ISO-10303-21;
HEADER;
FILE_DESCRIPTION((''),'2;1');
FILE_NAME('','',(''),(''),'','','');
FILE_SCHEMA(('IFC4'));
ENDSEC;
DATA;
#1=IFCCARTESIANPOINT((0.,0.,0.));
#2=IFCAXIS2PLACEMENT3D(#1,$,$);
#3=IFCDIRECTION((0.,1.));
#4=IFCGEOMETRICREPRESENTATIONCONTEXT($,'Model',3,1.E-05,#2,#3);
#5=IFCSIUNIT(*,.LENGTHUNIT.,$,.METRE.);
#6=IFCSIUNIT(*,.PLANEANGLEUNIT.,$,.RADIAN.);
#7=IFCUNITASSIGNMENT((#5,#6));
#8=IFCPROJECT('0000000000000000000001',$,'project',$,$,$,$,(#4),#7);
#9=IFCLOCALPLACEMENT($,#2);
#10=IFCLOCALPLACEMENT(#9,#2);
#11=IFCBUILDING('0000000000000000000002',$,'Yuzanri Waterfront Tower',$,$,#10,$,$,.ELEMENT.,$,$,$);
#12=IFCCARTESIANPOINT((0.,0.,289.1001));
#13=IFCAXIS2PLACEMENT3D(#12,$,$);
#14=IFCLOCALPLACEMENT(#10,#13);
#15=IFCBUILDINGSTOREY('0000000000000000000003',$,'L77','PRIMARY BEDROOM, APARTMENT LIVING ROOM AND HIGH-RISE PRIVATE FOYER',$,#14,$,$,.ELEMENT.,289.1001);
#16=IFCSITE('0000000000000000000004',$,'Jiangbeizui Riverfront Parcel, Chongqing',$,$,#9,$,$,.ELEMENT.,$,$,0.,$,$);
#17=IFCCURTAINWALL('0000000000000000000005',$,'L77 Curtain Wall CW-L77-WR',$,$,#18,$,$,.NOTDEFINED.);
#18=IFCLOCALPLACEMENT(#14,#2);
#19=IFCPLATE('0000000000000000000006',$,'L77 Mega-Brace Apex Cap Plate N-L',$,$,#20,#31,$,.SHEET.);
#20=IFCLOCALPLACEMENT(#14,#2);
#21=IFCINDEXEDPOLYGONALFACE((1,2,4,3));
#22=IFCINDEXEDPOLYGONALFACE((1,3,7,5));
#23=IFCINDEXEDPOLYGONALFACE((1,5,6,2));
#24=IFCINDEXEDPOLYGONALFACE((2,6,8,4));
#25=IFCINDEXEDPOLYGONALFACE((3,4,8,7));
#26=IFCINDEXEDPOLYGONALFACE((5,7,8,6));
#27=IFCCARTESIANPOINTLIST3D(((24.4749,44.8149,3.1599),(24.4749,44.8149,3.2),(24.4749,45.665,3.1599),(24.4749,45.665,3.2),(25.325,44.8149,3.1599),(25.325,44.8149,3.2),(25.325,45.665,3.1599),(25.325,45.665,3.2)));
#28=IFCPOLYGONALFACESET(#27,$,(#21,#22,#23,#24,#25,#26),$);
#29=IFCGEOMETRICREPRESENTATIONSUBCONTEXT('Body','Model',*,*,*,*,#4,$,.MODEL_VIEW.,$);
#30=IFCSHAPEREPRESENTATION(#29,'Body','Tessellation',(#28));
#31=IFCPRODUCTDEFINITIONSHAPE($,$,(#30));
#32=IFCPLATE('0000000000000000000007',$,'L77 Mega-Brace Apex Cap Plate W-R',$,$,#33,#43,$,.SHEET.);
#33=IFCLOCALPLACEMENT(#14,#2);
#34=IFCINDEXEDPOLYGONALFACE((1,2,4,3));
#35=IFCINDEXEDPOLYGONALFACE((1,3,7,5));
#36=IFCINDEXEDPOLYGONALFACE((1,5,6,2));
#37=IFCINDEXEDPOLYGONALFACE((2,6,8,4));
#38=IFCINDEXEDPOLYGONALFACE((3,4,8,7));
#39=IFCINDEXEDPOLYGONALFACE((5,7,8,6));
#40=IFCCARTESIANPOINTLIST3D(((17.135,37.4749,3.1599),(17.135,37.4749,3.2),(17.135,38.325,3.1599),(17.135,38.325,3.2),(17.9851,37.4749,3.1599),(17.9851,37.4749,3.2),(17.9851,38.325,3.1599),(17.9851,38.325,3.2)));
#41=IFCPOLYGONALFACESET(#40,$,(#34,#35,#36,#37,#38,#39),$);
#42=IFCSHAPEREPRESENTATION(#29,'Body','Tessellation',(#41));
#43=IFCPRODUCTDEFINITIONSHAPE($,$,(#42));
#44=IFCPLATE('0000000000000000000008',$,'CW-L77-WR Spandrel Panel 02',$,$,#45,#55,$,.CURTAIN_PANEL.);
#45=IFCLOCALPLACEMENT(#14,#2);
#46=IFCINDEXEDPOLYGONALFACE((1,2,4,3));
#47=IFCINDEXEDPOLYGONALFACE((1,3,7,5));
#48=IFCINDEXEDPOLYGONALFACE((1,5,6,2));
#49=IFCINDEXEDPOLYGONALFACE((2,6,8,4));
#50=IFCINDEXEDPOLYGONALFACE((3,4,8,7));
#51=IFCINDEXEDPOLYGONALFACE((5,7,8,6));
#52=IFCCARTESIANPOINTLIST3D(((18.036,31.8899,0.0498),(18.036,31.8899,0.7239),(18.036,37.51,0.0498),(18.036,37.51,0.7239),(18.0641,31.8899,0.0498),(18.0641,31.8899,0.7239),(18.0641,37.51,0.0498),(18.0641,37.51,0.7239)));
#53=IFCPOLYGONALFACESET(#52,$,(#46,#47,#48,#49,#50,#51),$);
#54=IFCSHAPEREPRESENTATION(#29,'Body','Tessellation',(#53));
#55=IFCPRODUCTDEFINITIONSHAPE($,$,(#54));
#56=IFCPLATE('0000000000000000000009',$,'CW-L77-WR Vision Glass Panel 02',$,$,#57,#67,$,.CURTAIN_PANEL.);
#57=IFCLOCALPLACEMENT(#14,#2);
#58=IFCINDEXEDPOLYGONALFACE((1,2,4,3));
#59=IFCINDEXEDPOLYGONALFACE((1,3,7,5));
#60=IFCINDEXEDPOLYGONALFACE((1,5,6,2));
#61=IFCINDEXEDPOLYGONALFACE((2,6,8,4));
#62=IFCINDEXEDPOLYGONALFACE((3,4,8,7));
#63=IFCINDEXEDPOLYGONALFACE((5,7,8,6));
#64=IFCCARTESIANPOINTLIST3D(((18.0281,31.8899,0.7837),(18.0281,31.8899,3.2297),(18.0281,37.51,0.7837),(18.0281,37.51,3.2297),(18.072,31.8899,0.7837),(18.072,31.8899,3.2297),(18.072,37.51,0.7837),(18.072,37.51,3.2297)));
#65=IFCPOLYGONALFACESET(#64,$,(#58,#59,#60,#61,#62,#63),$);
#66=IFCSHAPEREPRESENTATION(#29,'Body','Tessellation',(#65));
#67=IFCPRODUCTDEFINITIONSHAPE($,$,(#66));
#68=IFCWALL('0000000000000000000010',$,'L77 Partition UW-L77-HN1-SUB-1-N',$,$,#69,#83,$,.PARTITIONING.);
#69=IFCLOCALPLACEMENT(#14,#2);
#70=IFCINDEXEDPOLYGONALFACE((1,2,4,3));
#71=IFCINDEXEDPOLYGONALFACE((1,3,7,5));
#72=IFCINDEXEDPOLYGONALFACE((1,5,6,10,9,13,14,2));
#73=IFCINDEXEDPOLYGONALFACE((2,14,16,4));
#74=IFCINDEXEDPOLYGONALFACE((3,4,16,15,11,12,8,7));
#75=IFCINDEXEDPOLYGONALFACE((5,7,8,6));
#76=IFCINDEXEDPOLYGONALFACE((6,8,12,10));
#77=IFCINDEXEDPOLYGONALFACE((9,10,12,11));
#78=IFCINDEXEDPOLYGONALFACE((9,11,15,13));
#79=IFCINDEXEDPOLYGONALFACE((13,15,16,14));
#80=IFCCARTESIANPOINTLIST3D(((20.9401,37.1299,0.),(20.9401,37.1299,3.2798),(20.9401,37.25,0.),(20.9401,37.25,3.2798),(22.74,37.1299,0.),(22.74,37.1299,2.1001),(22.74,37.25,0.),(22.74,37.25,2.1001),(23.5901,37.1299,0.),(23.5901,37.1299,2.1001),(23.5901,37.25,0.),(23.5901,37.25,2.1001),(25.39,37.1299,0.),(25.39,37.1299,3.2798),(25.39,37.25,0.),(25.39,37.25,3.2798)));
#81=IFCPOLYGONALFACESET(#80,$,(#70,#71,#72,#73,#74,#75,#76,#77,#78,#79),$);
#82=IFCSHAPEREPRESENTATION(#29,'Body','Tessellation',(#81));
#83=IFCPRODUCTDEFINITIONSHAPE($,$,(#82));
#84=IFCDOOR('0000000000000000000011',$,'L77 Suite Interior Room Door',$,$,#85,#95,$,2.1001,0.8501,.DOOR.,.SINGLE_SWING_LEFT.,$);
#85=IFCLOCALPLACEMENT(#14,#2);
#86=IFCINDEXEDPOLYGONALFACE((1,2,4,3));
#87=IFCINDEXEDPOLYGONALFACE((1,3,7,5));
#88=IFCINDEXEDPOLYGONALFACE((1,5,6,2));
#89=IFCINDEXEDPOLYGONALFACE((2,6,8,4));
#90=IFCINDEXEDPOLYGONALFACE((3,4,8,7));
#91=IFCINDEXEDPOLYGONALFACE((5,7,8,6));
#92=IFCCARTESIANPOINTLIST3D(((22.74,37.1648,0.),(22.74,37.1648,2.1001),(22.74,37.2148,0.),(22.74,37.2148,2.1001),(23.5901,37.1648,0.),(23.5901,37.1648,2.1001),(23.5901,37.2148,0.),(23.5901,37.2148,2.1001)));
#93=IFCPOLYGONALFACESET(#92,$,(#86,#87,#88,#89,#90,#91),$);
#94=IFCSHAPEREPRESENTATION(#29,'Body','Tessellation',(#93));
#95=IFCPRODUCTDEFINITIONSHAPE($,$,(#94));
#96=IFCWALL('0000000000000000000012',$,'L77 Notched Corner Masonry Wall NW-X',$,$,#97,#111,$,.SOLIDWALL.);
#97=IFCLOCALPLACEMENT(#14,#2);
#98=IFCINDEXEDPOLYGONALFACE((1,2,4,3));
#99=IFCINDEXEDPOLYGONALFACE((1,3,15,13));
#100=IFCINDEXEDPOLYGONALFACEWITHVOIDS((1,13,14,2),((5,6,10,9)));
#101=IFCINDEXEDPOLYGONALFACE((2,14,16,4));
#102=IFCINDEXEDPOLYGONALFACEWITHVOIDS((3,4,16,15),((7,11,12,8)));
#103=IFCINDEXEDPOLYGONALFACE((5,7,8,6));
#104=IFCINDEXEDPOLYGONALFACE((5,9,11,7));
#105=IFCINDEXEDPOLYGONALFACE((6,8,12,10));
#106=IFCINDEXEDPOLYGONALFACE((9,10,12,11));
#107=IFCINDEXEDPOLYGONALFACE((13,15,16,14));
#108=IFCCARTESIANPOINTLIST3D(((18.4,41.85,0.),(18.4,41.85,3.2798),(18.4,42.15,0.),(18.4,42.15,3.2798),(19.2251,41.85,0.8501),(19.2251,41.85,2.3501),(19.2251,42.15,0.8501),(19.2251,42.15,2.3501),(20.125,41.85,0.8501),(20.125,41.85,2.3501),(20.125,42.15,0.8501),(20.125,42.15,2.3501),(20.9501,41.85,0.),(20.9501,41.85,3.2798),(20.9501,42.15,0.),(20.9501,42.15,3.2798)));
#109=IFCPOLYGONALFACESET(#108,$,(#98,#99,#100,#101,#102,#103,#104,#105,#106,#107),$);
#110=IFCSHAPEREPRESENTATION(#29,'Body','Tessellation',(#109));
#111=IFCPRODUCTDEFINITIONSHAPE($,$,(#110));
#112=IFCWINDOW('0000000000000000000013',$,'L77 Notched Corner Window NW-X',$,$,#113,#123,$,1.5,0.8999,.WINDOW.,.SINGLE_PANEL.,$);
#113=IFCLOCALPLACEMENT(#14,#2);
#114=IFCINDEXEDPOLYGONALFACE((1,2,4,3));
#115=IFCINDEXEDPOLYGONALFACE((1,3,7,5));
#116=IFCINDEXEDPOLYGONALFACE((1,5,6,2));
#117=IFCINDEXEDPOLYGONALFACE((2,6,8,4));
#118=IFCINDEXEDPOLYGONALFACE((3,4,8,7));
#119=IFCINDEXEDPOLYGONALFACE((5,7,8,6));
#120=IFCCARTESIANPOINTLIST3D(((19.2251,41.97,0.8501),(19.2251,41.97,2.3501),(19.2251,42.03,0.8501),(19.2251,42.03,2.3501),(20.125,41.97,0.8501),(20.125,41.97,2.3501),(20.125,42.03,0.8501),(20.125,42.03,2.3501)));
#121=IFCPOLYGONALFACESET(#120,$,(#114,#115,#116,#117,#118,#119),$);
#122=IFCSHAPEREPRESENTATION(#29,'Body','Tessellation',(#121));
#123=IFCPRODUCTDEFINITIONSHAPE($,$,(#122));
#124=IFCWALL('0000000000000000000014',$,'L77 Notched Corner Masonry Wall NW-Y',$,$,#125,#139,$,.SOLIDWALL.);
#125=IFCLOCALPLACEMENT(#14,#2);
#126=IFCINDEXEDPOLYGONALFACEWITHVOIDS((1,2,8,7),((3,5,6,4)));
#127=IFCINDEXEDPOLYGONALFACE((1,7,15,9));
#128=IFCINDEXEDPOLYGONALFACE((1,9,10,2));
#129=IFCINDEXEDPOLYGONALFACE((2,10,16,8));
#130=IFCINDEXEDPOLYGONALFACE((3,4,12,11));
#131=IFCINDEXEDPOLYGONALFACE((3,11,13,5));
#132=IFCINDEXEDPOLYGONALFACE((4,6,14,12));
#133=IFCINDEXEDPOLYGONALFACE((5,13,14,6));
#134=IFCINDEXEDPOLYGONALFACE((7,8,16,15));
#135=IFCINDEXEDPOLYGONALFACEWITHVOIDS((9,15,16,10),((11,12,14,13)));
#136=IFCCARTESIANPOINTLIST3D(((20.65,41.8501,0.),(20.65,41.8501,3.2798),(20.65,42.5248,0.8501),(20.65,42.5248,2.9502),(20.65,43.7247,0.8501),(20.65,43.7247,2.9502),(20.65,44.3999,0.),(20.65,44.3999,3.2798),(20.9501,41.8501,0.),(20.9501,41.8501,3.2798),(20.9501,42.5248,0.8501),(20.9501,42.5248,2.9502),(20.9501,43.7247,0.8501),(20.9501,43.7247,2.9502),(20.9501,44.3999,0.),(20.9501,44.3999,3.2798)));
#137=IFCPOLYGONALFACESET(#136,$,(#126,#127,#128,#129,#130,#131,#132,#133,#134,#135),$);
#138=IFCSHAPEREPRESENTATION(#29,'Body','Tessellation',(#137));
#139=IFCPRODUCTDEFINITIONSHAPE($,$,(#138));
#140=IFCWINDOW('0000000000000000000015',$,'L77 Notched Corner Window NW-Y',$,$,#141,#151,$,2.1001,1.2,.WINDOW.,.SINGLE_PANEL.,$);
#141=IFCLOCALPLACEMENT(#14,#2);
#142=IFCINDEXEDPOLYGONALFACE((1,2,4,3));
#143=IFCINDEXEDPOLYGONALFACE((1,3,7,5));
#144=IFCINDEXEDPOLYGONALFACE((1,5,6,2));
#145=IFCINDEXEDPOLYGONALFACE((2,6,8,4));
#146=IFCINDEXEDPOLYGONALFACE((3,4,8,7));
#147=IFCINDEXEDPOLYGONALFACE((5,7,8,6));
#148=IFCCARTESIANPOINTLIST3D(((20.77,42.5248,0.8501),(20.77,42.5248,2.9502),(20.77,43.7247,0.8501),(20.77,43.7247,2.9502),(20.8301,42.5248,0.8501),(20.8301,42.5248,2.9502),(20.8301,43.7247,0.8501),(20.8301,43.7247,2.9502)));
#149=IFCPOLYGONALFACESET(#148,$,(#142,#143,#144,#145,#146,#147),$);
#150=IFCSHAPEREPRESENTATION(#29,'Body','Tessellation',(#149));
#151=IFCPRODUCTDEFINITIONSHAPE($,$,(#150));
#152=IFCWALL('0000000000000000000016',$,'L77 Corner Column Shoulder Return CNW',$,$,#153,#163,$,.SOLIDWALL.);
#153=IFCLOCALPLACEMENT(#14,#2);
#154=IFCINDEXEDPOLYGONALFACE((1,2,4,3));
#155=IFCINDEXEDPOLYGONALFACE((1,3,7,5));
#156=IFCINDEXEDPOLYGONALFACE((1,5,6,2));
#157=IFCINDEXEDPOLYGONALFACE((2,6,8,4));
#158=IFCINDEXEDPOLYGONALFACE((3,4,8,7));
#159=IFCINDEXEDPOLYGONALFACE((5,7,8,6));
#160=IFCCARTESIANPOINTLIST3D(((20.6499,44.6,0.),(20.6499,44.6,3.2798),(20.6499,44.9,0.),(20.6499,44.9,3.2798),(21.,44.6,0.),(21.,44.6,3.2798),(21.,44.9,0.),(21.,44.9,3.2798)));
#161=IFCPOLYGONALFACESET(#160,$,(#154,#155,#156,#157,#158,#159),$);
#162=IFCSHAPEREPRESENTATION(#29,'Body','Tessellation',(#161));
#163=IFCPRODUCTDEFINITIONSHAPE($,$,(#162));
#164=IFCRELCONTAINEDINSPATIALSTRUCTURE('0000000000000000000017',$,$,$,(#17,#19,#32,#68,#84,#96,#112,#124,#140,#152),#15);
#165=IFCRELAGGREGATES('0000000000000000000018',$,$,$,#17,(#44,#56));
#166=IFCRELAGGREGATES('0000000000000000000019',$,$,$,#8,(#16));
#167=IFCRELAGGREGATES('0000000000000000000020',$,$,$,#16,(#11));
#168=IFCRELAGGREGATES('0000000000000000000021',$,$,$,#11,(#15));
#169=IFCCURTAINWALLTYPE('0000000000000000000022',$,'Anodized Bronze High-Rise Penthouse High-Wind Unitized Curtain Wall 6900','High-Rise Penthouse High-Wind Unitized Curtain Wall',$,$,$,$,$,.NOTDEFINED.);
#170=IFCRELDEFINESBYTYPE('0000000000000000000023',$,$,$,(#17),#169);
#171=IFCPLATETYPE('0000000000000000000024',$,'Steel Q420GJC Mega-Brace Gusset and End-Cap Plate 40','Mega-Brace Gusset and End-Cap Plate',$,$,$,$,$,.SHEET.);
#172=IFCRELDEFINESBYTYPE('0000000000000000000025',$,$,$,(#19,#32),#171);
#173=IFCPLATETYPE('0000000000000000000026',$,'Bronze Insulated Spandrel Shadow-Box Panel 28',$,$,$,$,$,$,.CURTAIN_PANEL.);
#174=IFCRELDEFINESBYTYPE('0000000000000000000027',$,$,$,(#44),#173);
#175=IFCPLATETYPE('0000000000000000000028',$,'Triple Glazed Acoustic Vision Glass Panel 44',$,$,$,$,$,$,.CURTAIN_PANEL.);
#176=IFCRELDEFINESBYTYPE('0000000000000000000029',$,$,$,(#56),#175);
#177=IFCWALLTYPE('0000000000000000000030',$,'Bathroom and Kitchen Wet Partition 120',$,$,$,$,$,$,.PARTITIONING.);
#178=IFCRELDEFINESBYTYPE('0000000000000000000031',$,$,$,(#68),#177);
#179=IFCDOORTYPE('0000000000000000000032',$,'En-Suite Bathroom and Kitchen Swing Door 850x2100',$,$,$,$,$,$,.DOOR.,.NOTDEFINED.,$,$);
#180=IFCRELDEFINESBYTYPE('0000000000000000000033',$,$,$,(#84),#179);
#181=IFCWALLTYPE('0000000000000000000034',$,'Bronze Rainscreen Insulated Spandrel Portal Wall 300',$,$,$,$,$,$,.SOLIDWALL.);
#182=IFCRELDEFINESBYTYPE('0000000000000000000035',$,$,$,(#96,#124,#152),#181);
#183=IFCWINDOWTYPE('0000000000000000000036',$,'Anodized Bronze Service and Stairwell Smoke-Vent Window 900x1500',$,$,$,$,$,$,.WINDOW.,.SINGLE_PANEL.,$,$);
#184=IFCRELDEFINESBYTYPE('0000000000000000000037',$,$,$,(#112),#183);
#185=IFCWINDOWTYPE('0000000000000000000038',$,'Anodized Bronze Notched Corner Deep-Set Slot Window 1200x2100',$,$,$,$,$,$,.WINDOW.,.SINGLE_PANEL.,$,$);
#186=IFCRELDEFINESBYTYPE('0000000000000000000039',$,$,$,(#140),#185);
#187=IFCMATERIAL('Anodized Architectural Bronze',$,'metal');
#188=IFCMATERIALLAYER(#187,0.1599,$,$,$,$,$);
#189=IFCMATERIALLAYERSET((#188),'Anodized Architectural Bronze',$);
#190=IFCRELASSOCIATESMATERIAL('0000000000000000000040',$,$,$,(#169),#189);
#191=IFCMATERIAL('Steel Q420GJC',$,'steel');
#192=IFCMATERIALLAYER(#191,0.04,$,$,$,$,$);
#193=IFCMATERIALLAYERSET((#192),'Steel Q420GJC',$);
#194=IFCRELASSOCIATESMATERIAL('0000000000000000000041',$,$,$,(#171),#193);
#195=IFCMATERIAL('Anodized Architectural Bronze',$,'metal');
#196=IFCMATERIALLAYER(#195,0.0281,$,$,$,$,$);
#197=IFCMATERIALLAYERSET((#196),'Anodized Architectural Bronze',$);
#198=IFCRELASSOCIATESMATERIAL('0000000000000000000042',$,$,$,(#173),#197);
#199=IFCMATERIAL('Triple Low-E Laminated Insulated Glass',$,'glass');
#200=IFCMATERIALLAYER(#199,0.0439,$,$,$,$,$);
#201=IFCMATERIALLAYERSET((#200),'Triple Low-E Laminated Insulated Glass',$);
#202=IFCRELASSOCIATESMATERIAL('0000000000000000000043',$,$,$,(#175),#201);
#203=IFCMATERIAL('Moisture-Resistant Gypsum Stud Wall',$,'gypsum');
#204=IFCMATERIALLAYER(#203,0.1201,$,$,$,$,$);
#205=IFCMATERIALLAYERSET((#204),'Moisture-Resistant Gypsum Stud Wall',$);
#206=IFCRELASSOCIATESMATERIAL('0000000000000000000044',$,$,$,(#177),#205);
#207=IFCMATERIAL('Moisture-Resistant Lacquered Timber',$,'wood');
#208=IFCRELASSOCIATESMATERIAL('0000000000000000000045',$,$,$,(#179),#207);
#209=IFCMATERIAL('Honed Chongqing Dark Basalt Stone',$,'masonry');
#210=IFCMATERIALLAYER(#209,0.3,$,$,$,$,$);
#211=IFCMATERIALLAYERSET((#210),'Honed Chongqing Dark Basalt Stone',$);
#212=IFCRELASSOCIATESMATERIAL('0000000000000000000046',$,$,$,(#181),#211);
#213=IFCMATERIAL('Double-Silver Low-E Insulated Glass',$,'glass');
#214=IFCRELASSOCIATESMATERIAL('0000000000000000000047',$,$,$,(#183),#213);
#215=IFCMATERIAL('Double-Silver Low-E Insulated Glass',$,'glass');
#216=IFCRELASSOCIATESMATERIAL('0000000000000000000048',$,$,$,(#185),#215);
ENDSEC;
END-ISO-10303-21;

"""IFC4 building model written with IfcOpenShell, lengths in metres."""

from ifc_helpers import new_model, si_unit, direction, frame, frame_2d, origin, origin_2d, place, context, subcontext, project, spatial, rectangle, extrude, source, transform, mapped, material, layer, layer_set, type_object, element, fill, aggregate, save


model = new_model("IFC4")

# Units and contexts
model_context = context("Model", 3, precision=1e-05, world=origin(), true_north=direction((0.0, 1.0)))
body_context = subcontext(model_context, "Body", "Model", "MODEL_VIEW")
ifc_project = project(units=[si_unit("LENGTHUNIT", "METRE"), si_unit("PLANEANGLEUNIT", "RADIAN")], contexts=[model_context])

# Site, building, storey
site_placement = place(None, origin())
site = spatial("IfcSite", under=ifc_project, at=site_placement, Name="Jiangbeizui Riverfront Parcel, Chongqing", CompositionType="ELEMENT", RefElevation=0.0)
building_placement = place(site_placement, origin())
building = spatial("IfcBuilding", under=site, at=building_placement, Name="Yuzanri Waterfront Tower", CompositionType="ELEMENT")
storey_placement = place(building_placement, frame((0.0, 0.0, 289.1001)))
storey = spatial("IfcBuildingStorey", under=building, at=storey_placement, Name="L77", Description="PRIMARY BEDROOM, APARTMENT LIVING ROOM AND HIGH-RISE PRIVATE FOYER", CompositionType="ELEMENT", Elevation=289.1001)

# Curtain wall
ifc_material_1 = material(Name="Anodized Architectural Bronze", Category="metal")
ifc_layer_1 = layer(ifc_material_1, 0.1599)
ifc_layer_set_1 = layer_set([ifc_layer_1], Name="Anodized Architectural Bronze")
curtain_wall_type = type_object("IfcCurtainWallType", Name="Anodized Bronze High-Rise Penthouse High-Wind Unitized Curtain Wall 6900", Description="High-Rise Penthouse High-Wind Unitized Curtain Wall", PredefinedType="NOTDEFINED", material=ifc_layer_set_1)
curtain_wall_1_placement = place(storey_placement, origin())
curtain_wall_1 = element("IfcCurtainWall", 1, at=curtain_wall_1_placement, inside=storey, type_object=curtain_wall_type, Name="L77 Curtain Wall CW-L77-WR", PredefinedType="NOTDEFINED")

# Plates
ifc_material_2 = material(Name="Steel Q420GJC", Category="steel")
ifc_layer_2 = layer(ifc_material_2, 0.04)
ifc_layer_set_2 = layer_set([ifc_layer_2], Name="Steel Q420GJC")
plate_type_1 = type_object("IfcPlateType", Name="Steel Q420GJC Mega-Brace Gusset and End-Cap Plate 40", Description="Mega-Brace Gusset and End-Cap Plate", PredefinedType="SHEET", material=ifc_layer_set_2)
shared_shape_1 = source(origin(), body_context, "Body", "SweptSolid", [
    extrude(rectangle(XDim=0.8501, YDim=0.8501, at=origin_2d()), origin(), (0.0, 0.0, 1.0), 0.04),
])
for number, where, z_axis, x_axis, name in (
    (2, (24.8999, 45.24, 3.1599), (0.0, 0.0, 1.0), (1.0, 0.0, 0.0), "L77 Mega-Brace Apex Cap Plate N-L"),
    (3, (17.5601, 37.8999, 3.1599), (0.0, 0.0, 1.0), (1.0, 0.0, 0.0), "L77 Mega-Brace Apex Cap Plate W-R"),
):
    element("IfcPlate", number, at=place(storey_placement, frame(where, z_axis=z_axis, x_axis=x_axis)), inside=storey, type_object=plate_type_1, Name=name, PredefinedType="SHEET", context=body_context, shape_type="MappedRepresentation", body=[
        mapped(shared_shape_1, transform((0.0, 0.0, 0.0), scale=1.0)),
    ])

# Plates
ifc_material_3 = material(Name="Anodized Architectural Bronze", Category="metal")
ifc_layer_3 = layer(ifc_material_3, 0.0281)
ifc_layer_set_3 = layer_set([ifc_layer_3], Name="Anodized Architectural Bronze")
plate_type_2 = type_object("IfcPlateType", Name="Bronze Insulated Spandrel Shadow-Box Panel 28", PredefinedType="CURTAIN_PANEL", material=ifc_layer_set_3)
shared_shape_2 = source(origin(), body_context, "Body", "SweptSolid", [
    extrude(rectangle(XDim=5.6201, YDim=0.0281, at=origin_2d()), origin(), (0.0, 0.0, 1.0), 0.6741),
])
plate_1_placement = place(storey_placement, frame((18.05, 34.7, 0.0498), z_axis=(0.0, 0.0, 1.0), x_axis=(0.0, 1.0, 0.0)))
plate_1 = element("IfcPlate", 4, at=plate_1_placement, type_object=plate_type_2, Name="CW-L77-WR Spandrel Panel 02", PredefinedType="CURTAIN_PANEL", context=body_context, shape_type="MappedRepresentation", body=[
    mapped(shared_shape_2, transform((0.0, 0.0, 0.0), scale=1.0)),
])
ifc_material_4 = material(Name="Triple Low-E Laminated Insulated Glass", Category="glass")
ifc_layer_4 = layer(ifc_material_4, 0.0439)
ifc_layer_set_4 = layer_set([ifc_layer_4], Name="Triple Low-E Laminated Insulated Glass")
plate_type_3 = type_object("IfcPlateType", Name="Triple Glazed Acoustic Vision Glass Panel 44", PredefinedType="CURTAIN_PANEL", material=ifc_layer_set_4)
shared_shape_3 = source(origin(), body_context, "Body", "SweptSolid", [
    extrude(rectangle(XDim=5.6201, YDim=0.0439, at=origin_2d()), origin(), (0.0, 0.0, 1.0), 2.446),
])
plate_2_placement = place(storey_placement, frame((18.05, 34.7, 0.7837), z_axis=(0.0, 0.0, 1.0), x_axis=(0.0, 1.0, 0.0)))
plate_2 = element("IfcPlate", 5, at=plate_2_placement, type_object=plate_type_3, Name="CW-L77-WR Vision Glass Panel 02", PredefinedType="CURTAIN_PANEL", context=body_context, shape_type="MappedRepresentation", body=[
    mapped(shared_shape_3, transform((0.0, 0.0, 0.0), scale=1.0)),
])
aggregate(curtain_wall_1, [plate_1, plate_2])

# Wall, opening, door
ifc_material_5 = material(Name="Moisture-Resistant Gypsum Stud Wall", Category="gypsum")
ifc_layer_5 = layer(ifc_material_5, 0.1201)
ifc_layer_set_5 = layer_set([ifc_layer_5], Name="Moisture-Resistant Gypsum Stud Wall")
wall_type_1 = type_object("IfcWallType", Name="Bathroom and Kitchen Wet Partition 120", PredefinedType="PARTITIONING", material=ifc_layer_set_5)
wall_1_placement = place(storey_placement, frame((20.9399, 37.1899, 0.0), z_axis=(0.0, 0.0, 1.0), x_axis=(1.0, 0.0, 0.0)))
wall_1 = element("IfcWall", 6, at=wall_1_placement, inside=storey, type_object=wall_type_1, Name="L77 Partition UW-L77-HN1-SUB-1-N", PredefinedType="PARTITIONING", context=body_context, shape_type="SweptSolid", body=[
    extrude(rectangle(XDim=4.45, YDim=0.1201, at=frame_2d((2.2251, 0.0))), origin(), (0.0, 0.0, 1.0), 3.2798),
])
opening_1_placement = place(wall_1_placement, frame((1.8, 0.0, 0.0)))
opening_1 = element("IfcOpeningElement", 7, at=opening_1_placement, cuts=wall_1, PredefinedType="OPENING", context=body_context, shape_type="SweptSolid", body=[
    extrude(rectangle(XDim=0.8501, YDim=2.1001, at=frame_2d((0.425, 1.05))), frame((0.0, 0.075, 0.0), z_axis=(0.0, -1.0, 0.0), x_axis=(1.0, 0.0, 0.0)), (0.0, 0.0, 1.0), 0.1499),
])
ifc_material_6 = material(Name="Moisture-Resistant Lacquered Timber", Category="wood")
door_type = type_object("IfcDoorType", Name="En-Suite Bathroom and Kitchen Swing Door 850x2100", OperationType="NOTDEFINED", PredefinedType="DOOR", material=ifc_material_6)
shared_shape_4 = source(origin(), body_context, "Body", "SweptSolid", [
    extrude(rectangle(XDim=0.8501, YDim=2.1001, at=frame_2d((0.425, 1.05))), frame((0.0, 0.0249, 0.0), z_axis=(0.0, -1.0, 0.0), x_axis=(1.0, 0.0, 0.0)), (0.0, 0.0, 1.0), 0.05),
])
door_placement = place(opening_1_placement, origin())
door = element("IfcDoor", 8, at=door_placement, inside=storey, type_object=door_type, Name="L77 Suite Interior Room Door", OperationType="SINGLE_SWING_LEFT", OverallHeight=2.1001, OverallWidth=0.8501, PredefinedType="DOOR", context=body_context, shape_type="MappedRepresentation", body=[
    mapped(shared_shape_4, transform((0.0, 0.0, 0.0), scale=1.0)),
])
fill(opening_1, door)

# Walls, openings, windows
ifc_material_7 = material(Name="Honed Chongqing Dark Basalt Stone", Category="masonry")
ifc_layer_6 = layer(ifc_material_7, 0.3)
ifc_layer_set_6 = layer_set([ifc_layer_6], Name="Honed Chongqing Dark Basalt Stone")
wall_type_2 = type_object("IfcWallType", Name="Bronze Rainscreen Insulated Spandrel Portal Wall 300", PredefinedType="SOLIDWALL", material=ifc_layer_set_6)
wall_2_placement = place(storey_placement, frame((20.95, 42.0, 0.0), z_axis=(0.0, 0.0, 1.0), x_axis=(-1.0, 0.0, 0.0)))
wall_2 = element("IfcWall", 9, at=wall_2_placement, inside=storey, type_object=wall_type_2, Name="L77 Notched Corner Masonry Wall NW-X", PredefinedType="SOLIDWALL", context=body_context, shape_type="SweptSolid", body=[
    extrude(rectangle(XDim=2.55, YDim=0.3, at=frame_2d((1.2749, 0.0))), origin(), (0.0, 0.0, 1.0), 3.2798),
])
opening_2_placement = place(wall_2_placement, frame((0.825, 0.0, 0.8501)))
opening_2 = element("IfcOpeningElement", 10, at=opening_2_placement, cuts=wall_2, PredefinedType="OPENING", context=body_context, shape_type="SweptSolid", body=[
    extrude(rectangle(XDim=0.8999, YDim=1.5, at=frame_2d((0.45, 0.75))), frame((0.0, 0.165, 0.0), z_axis=(0.0, -1.0, 0.0), x_axis=(1.0, 0.0, 0.0)), (0.0, 0.0, 1.0), 0.3298),
])
ifc_material_8 = material(Name="Double-Silver Low-E Insulated Glass", Category="glass")
window_type_1 = type_object("IfcWindowType", Name="Anodized Bronze Service and Stairwell Smoke-Vent Window 900x1500", PartitioningType="SINGLE_PANEL", PredefinedType="WINDOW", material=ifc_material_8)
shared_shape_5 = source(origin(), body_context, "Body", "SweptSolid", [
    extrude(rectangle(XDim=0.8999, YDim=1.5, at=frame_2d((0.45, 0.75))), frame((0.0, 0.03, 0.0), z_axis=(0.0, -1.0, 0.0), x_axis=(1.0, 0.0, 0.0)), (0.0, 0.0, 1.0), 0.0601),
])
window_1_placement = place(opening_2_placement, origin())
window_1 = element("IfcWindow", 11, at=window_1_placement, inside=storey, type_object=window_type_1, Name="L77 Notched Corner Window NW-X", OverallHeight=1.5, OverallWidth=0.8999, PartitioningType="SINGLE_PANEL", PredefinedType="WINDOW", context=body_context, shape_type="MappedRepresentation", body=[
    mapped(shared_shape_5, transform((0.0, 0.0, 0.0), scale=1.0)),
])
fill(opening_2, window_1)
wall_3_placement = place(storey_placement, frame((20.8, 44.3999, 0.0), z_axis=(0.0, 0.0, 1.0), x_axis=(0.0, -1.0, 0.0)))
wall_3 = element("IfcWall", 12, at=wall_3_placement, inside=storey, type_object=wall_type_2, Name="L77 Notched Corner Masonry Wall NW-Y", PredefinedType="SOLIDWALL", context=body_context, shape_type="SweptSolid", body=[
    extrude(rectangle(XDim=2.5498, YDim=0.3, at=frame_2d((1.2749, 0.0))), origin(), (0.0, 0.0, 1.0), 3.2798),
])
opening_3_placement = place(wall_3_placement, frame((0.675, 0.0, 0.8501)))
opening_3 = element("IfcOpeningElement", 13, at=opening_3_placement, cuts=wall_3, PredefinedType="OPENING", context=body_context, shape_type="SweptSolid", body=[
    extrude(rectangle(XDim=1.2, YDim=2.1001, at=frame_2d((0.6001, 1.05))), frame((0.0, 0.165, 0.0), z_axis=(0.0, -1.0, 0.0), x_axis=(1.0, 0.0, 0.0)), (0.0, 0.0, 1.0), 0.3298),
])
ifc_material_9 = material(Name="Double-Silver Low-E Insulated Glass", Category="glass")
window_type_2 = type_object("IfcWindowType", Name="Anodized Bronze Notched Corner Deep-Set Slot Window 1200x2100", PartitioningType="SINGLE_PANEL", PredefinedType="WINDOW", material=ifc_material_9)
shared_shape_6 = source(origin(), body_context, "Body", "SweptSolid", [
    extrude(rectangle(XDim=1.2, YDim=2.1001, at=frame_2d((0.6001, 1.05))), frame((0.0, 0.03, 0.0), z_axis=(0.0, -1.0, 0.0), x_axis=(1.0, 0.0, 0.0)), (0.0, 0.0, 1.0), 0.0601),
])
window_2_placement = place(opening_3_placement, origin())
window_2 = element("IfcWindow", 14, at=window_2_placement, inside=storey, type_object=window_type_2, Name="L77 Notched Corner Window NW-Y", OverallHeight=2.1001, OverallWidth=1.2, PartitioningType="SINGLE_PANEL", PredefinedType="WINDOW", context=body_context, shape_type="MappedRepresentation", body=[
    mapped(shared_shape_6, transform((0.0, 0.0, 0.0), scale=1.0)),
])
fill(opening_3, window_2)

# Wall
shared_shape_7 = source(origin(), body_context, "Body", "SweptSolid", [
    extrude(rectangle(XDim=0.3501, YDim=0.3, at=frame_2d((0.175, 0.0))), origin(), (0.0, 0.0, 1.0), 3.2798),
])
wall_4_placement = place(storey_placement, frame((20.6499, 44.75, 0.0), z_axis=(0.0, 0.0, 1.0), x_axis=(1.0, 0.0, 0.0)))
element("IfcWall", 15, at=wall_4_placement, inside=storey, type_object=wall_type_2, Name="L77 Corner Column Shoulder Return CNW", PredefinedType="SOLIDWALL", context=body_context, shape_type="MappedRepresentation", body=[
    mapped(shared_shape_7, transform((0.0, 0.0, 0.0), scale=1.0)),
])

save(model, "model.ifc")
